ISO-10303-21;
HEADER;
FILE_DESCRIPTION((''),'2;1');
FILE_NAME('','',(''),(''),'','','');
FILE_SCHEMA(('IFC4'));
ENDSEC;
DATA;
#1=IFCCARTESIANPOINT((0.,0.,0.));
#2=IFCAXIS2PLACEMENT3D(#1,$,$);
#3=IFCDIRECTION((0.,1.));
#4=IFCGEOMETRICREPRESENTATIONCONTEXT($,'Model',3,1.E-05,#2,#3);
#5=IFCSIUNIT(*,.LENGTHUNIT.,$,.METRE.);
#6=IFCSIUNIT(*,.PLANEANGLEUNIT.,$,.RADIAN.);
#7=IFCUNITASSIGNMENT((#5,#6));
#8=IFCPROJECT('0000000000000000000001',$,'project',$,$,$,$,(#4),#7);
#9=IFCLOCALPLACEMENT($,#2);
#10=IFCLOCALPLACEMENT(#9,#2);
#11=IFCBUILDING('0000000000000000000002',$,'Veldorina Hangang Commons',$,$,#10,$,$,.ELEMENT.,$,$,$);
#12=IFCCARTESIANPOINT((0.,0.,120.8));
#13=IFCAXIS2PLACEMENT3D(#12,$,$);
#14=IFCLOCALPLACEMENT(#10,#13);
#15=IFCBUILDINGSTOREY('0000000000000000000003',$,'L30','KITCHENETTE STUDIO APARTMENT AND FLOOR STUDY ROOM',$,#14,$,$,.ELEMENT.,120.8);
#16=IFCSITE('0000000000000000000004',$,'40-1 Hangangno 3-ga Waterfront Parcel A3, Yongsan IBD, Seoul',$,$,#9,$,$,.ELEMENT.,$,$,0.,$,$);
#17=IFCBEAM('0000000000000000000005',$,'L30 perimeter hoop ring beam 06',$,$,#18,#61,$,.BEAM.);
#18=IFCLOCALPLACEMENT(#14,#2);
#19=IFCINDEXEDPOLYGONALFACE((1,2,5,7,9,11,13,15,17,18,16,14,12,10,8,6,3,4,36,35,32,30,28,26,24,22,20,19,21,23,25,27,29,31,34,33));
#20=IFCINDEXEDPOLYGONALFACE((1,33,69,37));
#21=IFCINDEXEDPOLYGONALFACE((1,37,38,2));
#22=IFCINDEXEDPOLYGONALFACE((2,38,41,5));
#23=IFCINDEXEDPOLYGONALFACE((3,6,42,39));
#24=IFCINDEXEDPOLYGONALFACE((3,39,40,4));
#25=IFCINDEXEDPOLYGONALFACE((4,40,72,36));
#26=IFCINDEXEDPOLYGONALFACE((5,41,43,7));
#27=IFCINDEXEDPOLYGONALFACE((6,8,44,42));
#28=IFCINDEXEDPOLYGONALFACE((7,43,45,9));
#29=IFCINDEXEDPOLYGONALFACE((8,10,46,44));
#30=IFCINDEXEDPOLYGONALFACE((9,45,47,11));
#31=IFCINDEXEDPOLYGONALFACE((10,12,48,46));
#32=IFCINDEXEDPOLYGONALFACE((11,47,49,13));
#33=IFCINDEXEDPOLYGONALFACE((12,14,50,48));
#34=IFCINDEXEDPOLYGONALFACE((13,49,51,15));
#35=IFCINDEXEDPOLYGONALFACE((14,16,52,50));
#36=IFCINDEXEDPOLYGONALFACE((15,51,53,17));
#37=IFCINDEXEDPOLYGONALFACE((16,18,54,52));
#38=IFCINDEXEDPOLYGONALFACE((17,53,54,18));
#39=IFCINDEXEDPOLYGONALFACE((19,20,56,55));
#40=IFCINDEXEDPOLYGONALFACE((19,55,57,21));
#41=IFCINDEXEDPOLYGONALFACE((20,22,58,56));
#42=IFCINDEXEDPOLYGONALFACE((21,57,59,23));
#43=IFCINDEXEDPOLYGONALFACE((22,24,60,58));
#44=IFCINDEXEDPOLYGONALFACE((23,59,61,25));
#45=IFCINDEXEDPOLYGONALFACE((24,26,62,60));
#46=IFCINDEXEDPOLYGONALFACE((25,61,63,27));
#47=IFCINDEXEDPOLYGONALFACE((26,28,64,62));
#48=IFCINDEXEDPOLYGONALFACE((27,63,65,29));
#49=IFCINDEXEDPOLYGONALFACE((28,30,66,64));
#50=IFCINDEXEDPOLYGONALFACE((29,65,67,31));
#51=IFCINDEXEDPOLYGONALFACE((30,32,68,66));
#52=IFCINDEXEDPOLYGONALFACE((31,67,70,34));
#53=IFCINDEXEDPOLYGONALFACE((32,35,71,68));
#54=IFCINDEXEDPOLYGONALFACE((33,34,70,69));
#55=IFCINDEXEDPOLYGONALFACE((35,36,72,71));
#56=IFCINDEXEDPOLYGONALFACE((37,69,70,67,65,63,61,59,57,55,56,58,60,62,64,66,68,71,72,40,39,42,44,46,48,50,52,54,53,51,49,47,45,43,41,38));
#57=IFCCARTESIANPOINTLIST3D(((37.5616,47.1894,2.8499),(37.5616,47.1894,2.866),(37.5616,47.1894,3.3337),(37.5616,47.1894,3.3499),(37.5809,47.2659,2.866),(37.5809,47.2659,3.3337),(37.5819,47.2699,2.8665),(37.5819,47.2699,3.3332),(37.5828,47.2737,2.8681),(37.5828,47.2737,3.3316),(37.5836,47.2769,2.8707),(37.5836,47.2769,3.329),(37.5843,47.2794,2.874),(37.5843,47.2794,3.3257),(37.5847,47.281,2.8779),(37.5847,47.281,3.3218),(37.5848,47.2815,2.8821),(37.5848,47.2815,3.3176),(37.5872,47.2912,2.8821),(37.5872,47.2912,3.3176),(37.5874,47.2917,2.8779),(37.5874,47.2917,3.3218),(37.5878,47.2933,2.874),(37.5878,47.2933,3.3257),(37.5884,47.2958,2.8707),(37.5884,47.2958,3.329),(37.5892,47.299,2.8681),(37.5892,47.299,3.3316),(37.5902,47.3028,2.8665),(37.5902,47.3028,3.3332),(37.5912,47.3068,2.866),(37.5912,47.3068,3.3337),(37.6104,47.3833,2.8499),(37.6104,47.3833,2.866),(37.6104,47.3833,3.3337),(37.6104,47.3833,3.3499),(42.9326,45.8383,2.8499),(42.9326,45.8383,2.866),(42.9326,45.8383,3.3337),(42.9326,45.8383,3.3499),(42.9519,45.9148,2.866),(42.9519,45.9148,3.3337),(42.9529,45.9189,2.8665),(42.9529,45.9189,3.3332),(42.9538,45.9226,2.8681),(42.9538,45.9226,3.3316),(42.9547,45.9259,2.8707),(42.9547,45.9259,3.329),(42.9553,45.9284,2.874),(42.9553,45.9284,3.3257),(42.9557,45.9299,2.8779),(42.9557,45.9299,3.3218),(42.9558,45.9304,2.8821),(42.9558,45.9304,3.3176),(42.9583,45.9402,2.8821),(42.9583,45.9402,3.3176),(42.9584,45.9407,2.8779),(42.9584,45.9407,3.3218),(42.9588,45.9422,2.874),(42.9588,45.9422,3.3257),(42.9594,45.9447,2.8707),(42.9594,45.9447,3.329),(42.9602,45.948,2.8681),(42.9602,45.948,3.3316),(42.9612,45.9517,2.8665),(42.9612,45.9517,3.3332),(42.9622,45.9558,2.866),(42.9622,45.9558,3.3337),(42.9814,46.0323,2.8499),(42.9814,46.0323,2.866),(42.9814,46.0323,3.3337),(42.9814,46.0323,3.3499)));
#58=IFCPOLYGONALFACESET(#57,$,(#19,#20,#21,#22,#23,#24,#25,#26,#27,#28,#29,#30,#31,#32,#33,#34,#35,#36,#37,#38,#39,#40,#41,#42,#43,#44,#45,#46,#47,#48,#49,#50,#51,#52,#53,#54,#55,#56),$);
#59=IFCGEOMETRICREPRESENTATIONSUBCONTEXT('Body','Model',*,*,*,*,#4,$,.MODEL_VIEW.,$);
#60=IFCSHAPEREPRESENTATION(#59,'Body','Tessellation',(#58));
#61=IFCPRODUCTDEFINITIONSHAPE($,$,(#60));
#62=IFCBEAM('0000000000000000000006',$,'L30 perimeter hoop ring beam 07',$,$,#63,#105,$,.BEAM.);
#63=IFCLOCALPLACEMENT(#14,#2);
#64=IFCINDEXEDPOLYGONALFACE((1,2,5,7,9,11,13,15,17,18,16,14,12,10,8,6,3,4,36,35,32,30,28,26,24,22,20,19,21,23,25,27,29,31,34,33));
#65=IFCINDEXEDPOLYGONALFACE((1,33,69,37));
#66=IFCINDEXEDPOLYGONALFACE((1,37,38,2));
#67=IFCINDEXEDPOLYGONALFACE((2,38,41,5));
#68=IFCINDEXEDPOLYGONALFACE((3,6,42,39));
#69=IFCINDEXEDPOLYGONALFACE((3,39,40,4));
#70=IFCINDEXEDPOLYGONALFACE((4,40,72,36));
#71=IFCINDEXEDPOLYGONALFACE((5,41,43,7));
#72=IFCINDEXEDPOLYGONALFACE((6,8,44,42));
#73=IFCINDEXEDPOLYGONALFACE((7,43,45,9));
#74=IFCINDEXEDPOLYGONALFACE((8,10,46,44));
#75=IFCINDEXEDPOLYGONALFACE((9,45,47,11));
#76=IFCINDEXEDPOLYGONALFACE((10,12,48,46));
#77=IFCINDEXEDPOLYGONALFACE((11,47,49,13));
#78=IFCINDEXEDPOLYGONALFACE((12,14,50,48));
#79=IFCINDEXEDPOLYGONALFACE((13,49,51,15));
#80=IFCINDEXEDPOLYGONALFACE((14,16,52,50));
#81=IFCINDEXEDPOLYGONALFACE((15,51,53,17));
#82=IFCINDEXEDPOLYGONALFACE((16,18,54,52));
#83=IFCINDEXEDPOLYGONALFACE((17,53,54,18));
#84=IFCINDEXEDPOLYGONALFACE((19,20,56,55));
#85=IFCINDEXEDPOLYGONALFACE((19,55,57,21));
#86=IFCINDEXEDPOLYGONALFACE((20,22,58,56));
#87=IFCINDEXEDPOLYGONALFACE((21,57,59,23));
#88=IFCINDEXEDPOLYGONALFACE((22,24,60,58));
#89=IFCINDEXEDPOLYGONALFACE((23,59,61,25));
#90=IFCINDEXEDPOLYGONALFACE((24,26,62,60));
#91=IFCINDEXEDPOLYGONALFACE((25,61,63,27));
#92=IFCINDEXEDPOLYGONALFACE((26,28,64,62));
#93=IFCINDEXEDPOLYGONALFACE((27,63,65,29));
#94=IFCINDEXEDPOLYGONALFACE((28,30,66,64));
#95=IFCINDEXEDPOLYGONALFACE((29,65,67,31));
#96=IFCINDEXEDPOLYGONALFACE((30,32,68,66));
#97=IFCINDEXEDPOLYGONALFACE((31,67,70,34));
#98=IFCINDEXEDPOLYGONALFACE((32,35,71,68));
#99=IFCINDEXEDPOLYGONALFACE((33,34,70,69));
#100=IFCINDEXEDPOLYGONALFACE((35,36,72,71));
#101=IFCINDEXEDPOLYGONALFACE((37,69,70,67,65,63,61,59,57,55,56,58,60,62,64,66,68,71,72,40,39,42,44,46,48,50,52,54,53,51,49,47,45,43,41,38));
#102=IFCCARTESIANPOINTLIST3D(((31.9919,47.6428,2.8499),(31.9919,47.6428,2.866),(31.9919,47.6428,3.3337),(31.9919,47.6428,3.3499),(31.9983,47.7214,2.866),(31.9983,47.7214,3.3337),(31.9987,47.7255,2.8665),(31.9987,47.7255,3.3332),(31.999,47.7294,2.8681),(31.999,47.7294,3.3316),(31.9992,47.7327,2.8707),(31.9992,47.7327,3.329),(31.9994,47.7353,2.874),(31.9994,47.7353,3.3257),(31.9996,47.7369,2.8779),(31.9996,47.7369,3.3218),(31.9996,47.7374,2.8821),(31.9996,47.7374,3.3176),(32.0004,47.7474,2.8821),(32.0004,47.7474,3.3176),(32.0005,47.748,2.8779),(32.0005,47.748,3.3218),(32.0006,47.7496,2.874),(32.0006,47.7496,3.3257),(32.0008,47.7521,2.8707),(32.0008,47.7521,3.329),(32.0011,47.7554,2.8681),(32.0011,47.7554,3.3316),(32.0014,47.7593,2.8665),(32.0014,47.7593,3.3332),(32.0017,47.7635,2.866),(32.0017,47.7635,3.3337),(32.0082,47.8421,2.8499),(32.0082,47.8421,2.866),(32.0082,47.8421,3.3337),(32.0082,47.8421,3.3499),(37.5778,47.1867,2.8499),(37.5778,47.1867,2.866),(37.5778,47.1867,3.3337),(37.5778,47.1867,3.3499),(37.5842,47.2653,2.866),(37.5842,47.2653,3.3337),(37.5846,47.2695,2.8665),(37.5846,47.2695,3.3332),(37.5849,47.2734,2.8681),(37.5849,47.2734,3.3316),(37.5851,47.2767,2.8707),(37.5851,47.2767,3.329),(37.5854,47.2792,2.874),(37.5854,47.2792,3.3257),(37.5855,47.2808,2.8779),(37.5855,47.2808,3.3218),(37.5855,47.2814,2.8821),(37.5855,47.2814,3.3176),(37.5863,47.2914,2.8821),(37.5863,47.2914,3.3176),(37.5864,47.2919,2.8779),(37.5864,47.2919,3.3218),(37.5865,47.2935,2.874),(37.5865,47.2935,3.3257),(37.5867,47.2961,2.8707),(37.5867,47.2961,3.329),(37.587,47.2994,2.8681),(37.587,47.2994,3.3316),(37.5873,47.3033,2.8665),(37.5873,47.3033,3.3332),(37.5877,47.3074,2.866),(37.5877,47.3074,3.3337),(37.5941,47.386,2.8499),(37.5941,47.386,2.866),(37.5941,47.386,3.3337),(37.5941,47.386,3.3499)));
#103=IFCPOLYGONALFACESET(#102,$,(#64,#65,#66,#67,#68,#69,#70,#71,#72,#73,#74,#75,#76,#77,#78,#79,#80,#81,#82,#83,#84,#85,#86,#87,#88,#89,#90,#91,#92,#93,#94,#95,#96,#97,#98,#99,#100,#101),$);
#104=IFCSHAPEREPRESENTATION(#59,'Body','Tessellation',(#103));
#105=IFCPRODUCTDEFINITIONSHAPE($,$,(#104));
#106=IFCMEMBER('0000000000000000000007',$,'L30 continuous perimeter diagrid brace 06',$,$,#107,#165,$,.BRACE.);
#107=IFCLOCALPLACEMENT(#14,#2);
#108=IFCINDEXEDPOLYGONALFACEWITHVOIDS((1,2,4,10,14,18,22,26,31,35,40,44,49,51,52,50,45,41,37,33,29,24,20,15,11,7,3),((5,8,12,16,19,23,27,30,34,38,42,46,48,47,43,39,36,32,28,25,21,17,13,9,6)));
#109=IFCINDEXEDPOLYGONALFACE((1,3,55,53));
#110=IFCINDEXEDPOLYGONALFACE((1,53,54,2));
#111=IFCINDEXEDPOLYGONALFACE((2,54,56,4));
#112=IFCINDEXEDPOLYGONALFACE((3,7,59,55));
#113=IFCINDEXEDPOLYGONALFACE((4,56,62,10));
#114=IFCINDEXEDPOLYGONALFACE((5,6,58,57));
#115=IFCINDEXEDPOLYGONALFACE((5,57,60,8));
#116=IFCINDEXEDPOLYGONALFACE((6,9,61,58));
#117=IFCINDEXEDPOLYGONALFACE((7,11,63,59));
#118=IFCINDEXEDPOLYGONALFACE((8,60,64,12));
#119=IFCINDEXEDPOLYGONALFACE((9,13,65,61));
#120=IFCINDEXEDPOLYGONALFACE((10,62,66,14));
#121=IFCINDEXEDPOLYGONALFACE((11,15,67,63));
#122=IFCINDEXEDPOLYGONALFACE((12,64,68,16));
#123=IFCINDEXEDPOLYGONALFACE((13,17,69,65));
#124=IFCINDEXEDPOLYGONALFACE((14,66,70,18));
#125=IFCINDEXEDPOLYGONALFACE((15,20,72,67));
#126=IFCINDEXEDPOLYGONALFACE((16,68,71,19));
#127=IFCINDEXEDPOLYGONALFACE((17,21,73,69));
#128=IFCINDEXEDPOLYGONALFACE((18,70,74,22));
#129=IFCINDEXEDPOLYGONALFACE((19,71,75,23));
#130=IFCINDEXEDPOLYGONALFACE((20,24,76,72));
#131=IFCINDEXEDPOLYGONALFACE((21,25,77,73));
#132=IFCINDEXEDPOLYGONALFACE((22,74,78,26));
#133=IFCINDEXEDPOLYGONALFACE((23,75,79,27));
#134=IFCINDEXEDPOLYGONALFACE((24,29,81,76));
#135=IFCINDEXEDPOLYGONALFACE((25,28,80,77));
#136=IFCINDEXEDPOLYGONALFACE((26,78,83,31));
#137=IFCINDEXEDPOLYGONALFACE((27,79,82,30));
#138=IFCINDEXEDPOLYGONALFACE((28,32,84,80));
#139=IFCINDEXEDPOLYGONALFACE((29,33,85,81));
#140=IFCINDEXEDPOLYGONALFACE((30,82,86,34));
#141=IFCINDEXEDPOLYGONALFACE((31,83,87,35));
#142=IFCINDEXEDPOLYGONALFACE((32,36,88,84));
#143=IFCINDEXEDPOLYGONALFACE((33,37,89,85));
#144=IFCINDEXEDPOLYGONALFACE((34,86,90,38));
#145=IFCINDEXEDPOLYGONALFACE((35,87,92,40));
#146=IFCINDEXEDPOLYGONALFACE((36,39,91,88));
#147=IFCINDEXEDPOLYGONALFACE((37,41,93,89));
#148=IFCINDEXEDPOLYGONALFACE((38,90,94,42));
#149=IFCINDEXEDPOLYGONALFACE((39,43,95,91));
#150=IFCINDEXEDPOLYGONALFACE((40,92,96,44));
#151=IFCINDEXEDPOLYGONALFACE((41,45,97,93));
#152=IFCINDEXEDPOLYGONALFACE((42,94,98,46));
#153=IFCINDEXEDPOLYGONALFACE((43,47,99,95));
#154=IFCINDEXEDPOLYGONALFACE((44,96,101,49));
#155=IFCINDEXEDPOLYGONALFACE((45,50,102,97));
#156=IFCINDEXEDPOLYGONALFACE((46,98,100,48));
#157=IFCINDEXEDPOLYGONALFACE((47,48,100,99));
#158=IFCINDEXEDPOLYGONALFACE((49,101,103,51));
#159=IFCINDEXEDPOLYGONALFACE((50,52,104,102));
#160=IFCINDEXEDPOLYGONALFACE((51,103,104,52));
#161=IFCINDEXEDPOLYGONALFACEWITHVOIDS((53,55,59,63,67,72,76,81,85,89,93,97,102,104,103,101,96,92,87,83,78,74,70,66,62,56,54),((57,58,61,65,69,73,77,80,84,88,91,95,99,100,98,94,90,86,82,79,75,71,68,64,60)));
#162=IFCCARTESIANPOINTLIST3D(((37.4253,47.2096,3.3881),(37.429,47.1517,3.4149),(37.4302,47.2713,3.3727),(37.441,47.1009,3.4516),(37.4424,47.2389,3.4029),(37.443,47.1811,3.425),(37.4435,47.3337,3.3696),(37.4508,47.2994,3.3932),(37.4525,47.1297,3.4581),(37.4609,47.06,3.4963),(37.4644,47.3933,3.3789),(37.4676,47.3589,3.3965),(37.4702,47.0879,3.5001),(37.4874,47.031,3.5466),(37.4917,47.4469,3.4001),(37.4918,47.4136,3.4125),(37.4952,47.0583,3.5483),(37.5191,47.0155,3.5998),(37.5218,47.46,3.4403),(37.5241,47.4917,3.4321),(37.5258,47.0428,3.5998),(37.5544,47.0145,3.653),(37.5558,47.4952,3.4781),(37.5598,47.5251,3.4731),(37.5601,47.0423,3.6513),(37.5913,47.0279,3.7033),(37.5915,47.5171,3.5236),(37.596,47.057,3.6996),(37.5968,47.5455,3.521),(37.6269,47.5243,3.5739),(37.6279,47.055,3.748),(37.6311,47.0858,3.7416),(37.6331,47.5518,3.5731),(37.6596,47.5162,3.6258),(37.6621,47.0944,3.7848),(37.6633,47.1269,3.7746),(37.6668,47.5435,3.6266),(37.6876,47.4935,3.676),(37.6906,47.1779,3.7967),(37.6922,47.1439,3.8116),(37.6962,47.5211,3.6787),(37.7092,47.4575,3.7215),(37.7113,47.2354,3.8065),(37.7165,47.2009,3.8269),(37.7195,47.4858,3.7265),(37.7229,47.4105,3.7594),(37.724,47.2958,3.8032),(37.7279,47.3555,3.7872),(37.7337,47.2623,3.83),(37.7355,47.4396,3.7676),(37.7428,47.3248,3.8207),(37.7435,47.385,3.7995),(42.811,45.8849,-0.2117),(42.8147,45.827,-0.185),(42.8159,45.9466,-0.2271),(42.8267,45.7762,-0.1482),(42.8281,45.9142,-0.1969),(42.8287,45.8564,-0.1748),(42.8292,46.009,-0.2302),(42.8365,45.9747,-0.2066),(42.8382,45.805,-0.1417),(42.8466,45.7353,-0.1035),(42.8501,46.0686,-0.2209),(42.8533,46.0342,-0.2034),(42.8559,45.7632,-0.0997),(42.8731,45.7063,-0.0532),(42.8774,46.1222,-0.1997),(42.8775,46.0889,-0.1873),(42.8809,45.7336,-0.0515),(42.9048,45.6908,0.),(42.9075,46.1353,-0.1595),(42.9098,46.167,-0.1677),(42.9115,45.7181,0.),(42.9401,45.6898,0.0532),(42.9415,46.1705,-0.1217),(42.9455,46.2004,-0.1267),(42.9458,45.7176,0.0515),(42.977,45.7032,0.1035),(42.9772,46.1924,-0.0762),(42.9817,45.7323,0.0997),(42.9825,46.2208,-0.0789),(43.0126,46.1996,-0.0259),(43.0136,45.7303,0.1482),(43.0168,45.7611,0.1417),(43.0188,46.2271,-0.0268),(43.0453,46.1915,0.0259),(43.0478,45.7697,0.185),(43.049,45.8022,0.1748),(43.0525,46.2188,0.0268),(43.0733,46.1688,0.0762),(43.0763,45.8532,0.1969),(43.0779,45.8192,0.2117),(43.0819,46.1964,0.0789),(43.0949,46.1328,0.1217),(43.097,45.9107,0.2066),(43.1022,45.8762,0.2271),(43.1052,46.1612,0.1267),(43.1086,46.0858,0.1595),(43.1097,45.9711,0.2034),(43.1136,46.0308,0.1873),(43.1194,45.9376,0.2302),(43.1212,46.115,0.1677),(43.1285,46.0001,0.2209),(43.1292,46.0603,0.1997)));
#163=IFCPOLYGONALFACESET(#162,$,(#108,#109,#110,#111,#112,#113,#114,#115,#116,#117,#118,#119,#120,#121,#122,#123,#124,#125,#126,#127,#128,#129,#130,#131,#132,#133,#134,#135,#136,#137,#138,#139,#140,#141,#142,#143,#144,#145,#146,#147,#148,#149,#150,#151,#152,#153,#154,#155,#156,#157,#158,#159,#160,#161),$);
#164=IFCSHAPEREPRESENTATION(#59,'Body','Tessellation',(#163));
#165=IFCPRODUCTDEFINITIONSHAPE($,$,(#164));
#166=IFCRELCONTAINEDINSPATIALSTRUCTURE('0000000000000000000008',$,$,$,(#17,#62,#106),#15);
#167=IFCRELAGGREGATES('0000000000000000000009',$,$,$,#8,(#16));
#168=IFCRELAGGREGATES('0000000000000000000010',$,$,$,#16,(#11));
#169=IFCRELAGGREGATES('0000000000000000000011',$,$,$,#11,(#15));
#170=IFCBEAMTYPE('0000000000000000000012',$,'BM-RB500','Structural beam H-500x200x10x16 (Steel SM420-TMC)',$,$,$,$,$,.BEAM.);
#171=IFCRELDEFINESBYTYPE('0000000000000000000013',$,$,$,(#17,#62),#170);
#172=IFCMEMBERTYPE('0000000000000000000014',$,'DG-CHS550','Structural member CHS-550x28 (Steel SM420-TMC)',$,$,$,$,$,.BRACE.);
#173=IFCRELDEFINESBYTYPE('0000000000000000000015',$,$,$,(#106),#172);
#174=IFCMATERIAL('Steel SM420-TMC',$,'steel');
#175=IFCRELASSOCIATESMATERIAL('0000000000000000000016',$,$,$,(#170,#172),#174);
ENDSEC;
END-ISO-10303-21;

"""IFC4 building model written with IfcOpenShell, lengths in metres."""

from ifc_helpers import new_model, si_unit, direction, frame, origin, origin_2d, place, context, subcontext, project, spatial, hollow_circle, i_section, extrude, material, material_profile, profile_set, type_object, element, save


model = new_model("IFC4")

# Units and contexts
model_context = context("Model", 3, precision=1e-05, world=origin(), true_north=direction((0.0, 1.0)))
body_context = subcontext(model_context, "Body", "Model", "MODEL_VIEW")
ifc_project = project(units=[si_unit("LENGTHUNIT", "METRE"), si_unit("PLANEANGLEUNIT", "RADIAN")], contexts=[model_context])

# Site, building, storey
site_placement = place(None, origin())
site = spatial("IfcSite", under=ifc_project, at=site_placement, Name="40-1 Hangangno 3-ga Waterfront Parcel A3, Yongsan IBD, Seoul", CompositionType="ELEMENT", RefElevation=0.0)
building_placement = place(site_placement, origin())
building = spatial("IfcBuilding", under=site, at=building_placement, Name="Veldorina Hangang Commons", CompositionType="ELEMENT")
storey_placement = place(building_placement, frame((0.0, 0.0, 120.8)))
storey = spatial("IfcBuildingStorey", under=building, at=storey_placement, Name="L30", Description="KITCHENETTE STUDIO APARTMENT AND FLOOR STUDY ROOM", CompositionType="ELEMENT", Elevation=120.8)

# Beams
ifc_material_1 = material(Name="Steel SM420-TMC", Category="steel")
ifc_material_profile_1 = material_profile(ifc_material_1, i_section(OverallWidth=0.2, OverallDepth=0.5, WebThickness=0.01, FlangeThickness=0.0161, FilletRadius=0.0161, at=origin_2d()), Name="H-500x200x10x16")
ifc_profile_set_1 = profile_set([ifc_material_profile_1], Name="Steel SM420-TMC")
beam_type = type_object("IfcBeamType", Name="BM-RB500", Description="Structural beam H-500x200x10x16 (Steel SM420-TMC)", PredefinedType="BEAM", material=ifc_profile_set_1)
beam_1_placement = place(storey_placement, frame((42.957, 45.9353, 3.0999), z_axis=(-0.969789, 0.243946, 0.0), x_axis=(-0.243946, -0.969789, 0.0)))
element("IfcBeam", 1, at=beam_1_placement, inside=storey, type_object=beam_type, Name="L30 perimeter hoop ring beam 06", PredefinedType="BEAM", context=body_context, shape_type="SweptSolid", body=[
    extrude(i_section(OverallWidth=0.2, OverallDepth=0.5, WebThickness=0.01, FlangeThickness=0.0161, FilletRadius=0.0161, at=origin_2d()), origin(), (0.0, 0.0, 1.0), 5.5383),
])
beam_2_placement = place(storey_placement, frame((37.5859, 47.2864, 3.0999), z_axis=(-0.996684, 0.081373, 0.0), x_axis=(-0.081373, -0.996684, 0.0)))
element("IfcBeam", 2, at=beam_2_placement, inside=storey, type_object=beam_type, Name="L30 perimeter hoop ring beam 07", PredefinedType="BEAM", context=body_context, shape_type="SweptSolid", body=[
    extrude(i_section(OverallWidth=0.2, OverallDepth=0.5, WebThickness=0.01, FlangeThickness=0.0161, FilletRadius=0.0161, at=origin_2d()), origin(), (0.0, 0.0, 1.0), 5.6045),
])

# Member
ifc_material_profile_2 = material_profile(ifc_material_1, hollow_circle(Radius=0.2749, WallThickness=0.0281, at=origin_2d()), Name="CHS-550x28")
ifc_profile_set_2 = profile_set([ifc_material_profile_2], Name="Steel SM420-TMC")
member_type = type_object("IfcMemberType", Name="DG-CHS550", Description="Structural member CHS-550x28 (Steel SM420-TMC)", PredefinedType="BRACE", material=ifc_profile_set_2)
member_1_placement = place(storey_placement, frame((42.9705, 45.9578, 0.0), z_axis=(-0.814527, 0.200346, 0.544433), x_axis=(-0.238847, -0.971057, 0.0)))
element("IfcMember", 3, at=member_1_placement, inside=storey, type_object=member_type, Name="L30 continuous perimeter diagrid brace 06", PredefinedType="BRACE", context=body_context, shape_type="SweptSolid", body=[
    extrude(hollow_circle(Radius=0.2749, WallThickness=0.0281, at=origin_2d()), origin(), (0.0, 0.0, 1.0), 6.6121),
])

save(model, "model.ifc")
